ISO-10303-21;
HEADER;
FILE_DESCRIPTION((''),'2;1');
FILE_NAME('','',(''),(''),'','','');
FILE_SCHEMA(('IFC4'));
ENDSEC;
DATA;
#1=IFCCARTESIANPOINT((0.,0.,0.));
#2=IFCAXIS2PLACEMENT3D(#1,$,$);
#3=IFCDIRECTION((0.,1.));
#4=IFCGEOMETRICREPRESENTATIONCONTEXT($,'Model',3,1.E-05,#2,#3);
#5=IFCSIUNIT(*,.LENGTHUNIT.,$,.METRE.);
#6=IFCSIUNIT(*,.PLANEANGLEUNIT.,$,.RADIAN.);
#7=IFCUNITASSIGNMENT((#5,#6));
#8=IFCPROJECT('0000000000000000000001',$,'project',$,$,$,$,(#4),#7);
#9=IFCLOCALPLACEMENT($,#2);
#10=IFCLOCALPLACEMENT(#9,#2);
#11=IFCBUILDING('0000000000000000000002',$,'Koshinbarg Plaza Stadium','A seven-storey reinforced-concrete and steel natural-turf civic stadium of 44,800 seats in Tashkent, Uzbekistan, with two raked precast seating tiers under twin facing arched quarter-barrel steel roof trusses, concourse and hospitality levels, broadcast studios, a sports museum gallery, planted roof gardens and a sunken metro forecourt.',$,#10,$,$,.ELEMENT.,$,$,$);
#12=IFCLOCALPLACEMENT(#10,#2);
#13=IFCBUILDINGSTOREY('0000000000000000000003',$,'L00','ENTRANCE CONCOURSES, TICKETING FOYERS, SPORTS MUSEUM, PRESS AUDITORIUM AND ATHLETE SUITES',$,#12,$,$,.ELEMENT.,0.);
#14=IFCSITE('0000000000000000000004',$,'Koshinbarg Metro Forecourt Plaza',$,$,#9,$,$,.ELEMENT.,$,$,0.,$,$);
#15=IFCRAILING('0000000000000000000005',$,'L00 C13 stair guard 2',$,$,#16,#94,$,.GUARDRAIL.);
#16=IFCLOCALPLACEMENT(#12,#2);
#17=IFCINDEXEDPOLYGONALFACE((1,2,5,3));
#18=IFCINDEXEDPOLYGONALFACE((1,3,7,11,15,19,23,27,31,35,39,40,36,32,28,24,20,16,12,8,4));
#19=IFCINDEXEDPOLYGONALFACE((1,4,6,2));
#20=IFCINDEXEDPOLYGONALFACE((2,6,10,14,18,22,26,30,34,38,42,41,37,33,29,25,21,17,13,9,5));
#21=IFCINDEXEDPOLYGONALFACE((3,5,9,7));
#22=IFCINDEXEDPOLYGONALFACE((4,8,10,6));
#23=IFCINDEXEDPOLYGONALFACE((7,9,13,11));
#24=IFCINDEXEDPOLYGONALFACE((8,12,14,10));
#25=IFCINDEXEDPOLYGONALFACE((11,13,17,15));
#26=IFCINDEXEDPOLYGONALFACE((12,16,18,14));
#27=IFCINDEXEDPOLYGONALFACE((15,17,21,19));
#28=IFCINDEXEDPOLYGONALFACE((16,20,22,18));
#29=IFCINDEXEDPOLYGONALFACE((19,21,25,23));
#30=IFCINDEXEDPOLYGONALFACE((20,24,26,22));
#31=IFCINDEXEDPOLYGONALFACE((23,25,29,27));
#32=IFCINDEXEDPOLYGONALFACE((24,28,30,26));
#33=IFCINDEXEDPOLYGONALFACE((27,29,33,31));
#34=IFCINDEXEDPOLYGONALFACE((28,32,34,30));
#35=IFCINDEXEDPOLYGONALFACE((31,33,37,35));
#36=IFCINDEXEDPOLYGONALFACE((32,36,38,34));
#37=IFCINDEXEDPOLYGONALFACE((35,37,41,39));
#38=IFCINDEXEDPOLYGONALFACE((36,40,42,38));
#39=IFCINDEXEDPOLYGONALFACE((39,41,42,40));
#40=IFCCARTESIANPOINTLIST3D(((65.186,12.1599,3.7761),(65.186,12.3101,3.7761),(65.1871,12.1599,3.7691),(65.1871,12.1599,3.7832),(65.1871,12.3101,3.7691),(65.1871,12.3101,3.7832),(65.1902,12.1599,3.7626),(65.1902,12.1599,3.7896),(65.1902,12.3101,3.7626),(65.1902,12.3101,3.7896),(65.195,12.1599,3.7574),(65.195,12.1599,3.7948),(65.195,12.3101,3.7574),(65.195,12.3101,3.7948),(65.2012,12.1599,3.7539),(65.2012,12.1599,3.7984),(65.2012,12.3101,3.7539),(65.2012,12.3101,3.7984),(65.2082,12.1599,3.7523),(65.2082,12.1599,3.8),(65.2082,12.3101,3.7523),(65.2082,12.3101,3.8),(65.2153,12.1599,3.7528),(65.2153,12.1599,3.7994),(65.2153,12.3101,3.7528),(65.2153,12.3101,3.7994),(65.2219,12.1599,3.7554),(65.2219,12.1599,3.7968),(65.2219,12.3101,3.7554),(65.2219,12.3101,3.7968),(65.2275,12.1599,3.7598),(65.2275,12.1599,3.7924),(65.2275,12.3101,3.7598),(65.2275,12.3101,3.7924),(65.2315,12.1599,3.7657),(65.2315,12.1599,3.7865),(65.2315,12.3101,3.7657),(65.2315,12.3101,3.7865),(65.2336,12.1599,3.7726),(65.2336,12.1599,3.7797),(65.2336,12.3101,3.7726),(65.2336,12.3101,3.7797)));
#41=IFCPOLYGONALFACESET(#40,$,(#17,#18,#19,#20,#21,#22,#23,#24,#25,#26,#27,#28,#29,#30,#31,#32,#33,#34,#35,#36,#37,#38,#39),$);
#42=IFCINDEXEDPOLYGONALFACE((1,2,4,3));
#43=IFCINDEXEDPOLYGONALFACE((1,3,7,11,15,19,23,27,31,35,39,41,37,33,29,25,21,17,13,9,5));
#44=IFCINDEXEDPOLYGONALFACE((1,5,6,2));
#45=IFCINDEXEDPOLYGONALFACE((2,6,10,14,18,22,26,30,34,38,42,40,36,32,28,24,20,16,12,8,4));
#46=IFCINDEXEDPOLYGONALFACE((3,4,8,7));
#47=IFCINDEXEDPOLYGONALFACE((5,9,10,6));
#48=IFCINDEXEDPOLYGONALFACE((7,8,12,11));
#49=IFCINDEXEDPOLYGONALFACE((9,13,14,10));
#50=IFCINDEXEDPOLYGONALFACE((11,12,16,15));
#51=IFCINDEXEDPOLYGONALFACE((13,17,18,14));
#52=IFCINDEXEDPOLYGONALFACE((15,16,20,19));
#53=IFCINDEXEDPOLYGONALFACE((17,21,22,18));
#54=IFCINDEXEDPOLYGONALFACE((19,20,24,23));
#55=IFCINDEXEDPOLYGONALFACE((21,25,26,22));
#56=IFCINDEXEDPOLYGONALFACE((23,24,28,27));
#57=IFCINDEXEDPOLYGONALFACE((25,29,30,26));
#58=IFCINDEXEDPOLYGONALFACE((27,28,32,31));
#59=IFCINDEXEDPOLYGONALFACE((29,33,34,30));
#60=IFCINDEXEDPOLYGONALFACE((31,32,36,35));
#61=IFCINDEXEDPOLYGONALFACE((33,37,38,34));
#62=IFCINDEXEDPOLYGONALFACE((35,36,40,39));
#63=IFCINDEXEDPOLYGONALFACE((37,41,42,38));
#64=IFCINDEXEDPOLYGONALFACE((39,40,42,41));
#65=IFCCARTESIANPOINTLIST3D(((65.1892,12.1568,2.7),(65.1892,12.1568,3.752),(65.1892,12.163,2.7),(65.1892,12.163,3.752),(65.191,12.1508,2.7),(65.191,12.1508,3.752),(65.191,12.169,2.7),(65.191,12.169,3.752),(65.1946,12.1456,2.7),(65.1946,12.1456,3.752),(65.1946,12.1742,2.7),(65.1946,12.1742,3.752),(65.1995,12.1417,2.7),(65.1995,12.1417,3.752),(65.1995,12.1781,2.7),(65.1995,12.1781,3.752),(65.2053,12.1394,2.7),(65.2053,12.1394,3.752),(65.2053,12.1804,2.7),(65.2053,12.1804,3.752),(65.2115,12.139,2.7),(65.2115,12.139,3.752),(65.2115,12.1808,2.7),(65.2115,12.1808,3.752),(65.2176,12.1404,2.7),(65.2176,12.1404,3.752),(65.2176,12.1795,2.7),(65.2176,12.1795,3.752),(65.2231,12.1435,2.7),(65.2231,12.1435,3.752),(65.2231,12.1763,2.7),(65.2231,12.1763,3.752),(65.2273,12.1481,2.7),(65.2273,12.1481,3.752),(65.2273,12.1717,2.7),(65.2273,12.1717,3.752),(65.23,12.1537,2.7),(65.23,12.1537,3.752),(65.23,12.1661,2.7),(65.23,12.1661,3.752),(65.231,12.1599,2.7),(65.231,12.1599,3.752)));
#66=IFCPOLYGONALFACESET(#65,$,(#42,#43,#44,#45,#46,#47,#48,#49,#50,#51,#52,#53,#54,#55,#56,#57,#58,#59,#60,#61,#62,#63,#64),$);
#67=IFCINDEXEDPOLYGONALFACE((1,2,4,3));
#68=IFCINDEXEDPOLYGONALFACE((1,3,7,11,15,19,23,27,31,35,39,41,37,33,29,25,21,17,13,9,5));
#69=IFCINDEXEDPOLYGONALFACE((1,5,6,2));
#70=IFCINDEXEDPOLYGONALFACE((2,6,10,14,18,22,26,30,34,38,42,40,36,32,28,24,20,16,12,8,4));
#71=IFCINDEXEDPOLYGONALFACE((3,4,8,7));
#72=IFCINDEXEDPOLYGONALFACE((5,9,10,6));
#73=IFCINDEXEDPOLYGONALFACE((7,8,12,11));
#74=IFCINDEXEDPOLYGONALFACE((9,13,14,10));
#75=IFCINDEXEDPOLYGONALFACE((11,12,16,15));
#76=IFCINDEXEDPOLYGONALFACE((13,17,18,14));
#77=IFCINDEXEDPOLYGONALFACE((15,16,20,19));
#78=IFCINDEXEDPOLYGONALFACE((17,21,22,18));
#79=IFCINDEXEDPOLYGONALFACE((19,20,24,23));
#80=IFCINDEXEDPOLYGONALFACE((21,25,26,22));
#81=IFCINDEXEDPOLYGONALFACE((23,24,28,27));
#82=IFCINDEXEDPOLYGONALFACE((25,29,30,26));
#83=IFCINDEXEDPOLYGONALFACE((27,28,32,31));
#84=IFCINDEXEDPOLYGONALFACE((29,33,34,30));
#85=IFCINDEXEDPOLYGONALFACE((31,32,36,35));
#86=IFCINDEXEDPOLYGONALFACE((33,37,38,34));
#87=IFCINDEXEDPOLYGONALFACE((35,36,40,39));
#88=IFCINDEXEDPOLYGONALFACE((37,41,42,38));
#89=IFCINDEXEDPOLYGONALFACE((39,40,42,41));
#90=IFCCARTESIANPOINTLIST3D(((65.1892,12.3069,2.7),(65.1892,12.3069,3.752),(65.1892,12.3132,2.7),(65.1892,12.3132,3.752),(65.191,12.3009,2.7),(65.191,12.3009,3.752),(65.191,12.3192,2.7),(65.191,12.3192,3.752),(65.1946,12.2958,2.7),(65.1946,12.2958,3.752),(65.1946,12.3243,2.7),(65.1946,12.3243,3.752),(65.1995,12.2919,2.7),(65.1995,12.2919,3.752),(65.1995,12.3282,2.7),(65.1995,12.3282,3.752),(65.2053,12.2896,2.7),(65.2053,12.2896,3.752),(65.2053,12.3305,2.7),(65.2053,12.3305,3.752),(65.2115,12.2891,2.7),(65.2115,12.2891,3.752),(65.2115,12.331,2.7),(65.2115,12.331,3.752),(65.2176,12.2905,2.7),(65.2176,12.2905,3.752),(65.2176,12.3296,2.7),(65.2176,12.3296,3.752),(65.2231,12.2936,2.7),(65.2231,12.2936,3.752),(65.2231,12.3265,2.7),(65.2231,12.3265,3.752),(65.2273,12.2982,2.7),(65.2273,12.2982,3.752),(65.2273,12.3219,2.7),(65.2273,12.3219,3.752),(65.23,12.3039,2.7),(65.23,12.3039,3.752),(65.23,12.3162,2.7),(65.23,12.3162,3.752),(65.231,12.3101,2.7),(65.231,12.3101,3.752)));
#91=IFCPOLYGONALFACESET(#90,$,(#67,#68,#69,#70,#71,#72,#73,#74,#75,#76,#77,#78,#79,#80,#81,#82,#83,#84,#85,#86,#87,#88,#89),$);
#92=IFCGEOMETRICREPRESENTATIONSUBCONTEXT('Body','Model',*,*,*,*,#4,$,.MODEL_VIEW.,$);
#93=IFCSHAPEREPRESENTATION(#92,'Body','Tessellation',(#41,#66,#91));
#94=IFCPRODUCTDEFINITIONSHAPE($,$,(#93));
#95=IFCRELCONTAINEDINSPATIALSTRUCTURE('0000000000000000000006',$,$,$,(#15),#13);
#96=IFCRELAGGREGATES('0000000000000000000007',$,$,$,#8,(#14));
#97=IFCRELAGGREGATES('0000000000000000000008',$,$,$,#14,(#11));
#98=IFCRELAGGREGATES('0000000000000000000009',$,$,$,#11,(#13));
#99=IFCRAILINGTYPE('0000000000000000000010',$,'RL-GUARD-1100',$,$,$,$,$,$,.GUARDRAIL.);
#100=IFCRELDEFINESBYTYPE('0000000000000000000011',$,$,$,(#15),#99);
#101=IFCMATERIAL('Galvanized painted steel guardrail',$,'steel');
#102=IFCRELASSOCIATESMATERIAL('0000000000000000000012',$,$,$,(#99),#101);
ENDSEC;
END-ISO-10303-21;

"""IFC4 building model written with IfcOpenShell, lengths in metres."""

from ifc_helpers import new_model, si_unit, direction, frame, origin, origin_2d, place, context, subcontext, project, spatial, circle, extrude, material, type_object, element, save


model = new_model("IFC4")

# Units and contexts
model_context = context("Model", 3, precision=1e-05, world=origin(), true_north=direction((0.0, 1.0)))
body_context = subcontext(model_context, "Body", "Model", "MODEL_VIEW")
ifc_project = project(units=[si_unit("LENGTHUNIT", "METRE"), si_unit("PLANEANGLEUNIT", "RADIAN")], contexts=[model_context])

# Site, building, storey
site_placement = place(None, origin())
site = spatial("IfcSite", under=ifc_project, at=site_placement, Name="Koshinbarg Metro Forecourt Plaza", CompositionType="ELEMENT", RefElevation=0.0)
building_placement = place(site_placement, origin())
building = spatial("IfcBuilding", under=site, at=building_placement, Name="Koshinbarg Plaza Stadium", Description="A seven-storey reinforced-concrete and steel natural-turf civic stadium of 44,800 seats in Tashkent, Uzbekistan, with two raked precast seating tiers under twin facing arched quarter-barrel steel roof trusses, concourse and hospitality levels, broadcast studios, a sports museum gallery, planted roof gardens and a sunken metro forecourt.", CompositionType="ELEMENT")
storey_placement = place(building_placement, origin())
storey = spatial("IfcBuildingStorey", under=building, at=storey_placement, Name="L00", Description="ENTRANCE CONCOURSES, TICKETING FOYERS, SPORTS MUSEUM, PRESS AUDITORIUM AND ATHLETE SUITES", CompositionType="ELEMENT", Elevation=0.0)

# Railing
ifc_material_1 = material(Name="Galvanized painted steel guardrail", Category="steel")
railing_type_1 = type_object("IfcRailingType", Name="RL-GUARD-1100", PredefinedType="GUARDRAIL", material=ifc_material_1)
railing_1_placement = place(storey_placement, frame((65.21, 12.1599, 2.7)))
element("IfcRailing", 1, at=railing_1_placement, inside=storey, type_object=railing_type_1, Name="L00 C13 stair guard 2", PredefinedType="GUARDRAIL", context=body_context, shape_type="SweptSolid", body=[
    extrude(circle(Radius=0.0239, at=origin_2d()), frame((0.0, 0.0, 1.0762), z_axis=(0.0, 1.0, 0.0), x_axis=(-1.0, 0.0, 0.0)), (0.0, 0.0, 1.0), 0.1501),
    extrude(circle(Radius=0.021, at=origin_2d()), origin(), (0.0, 0.0, 1.0), 1.052),
    extrude(circle(Radius=0.021, at=origin_2d()), frame((0.0, 0.1501, 0.0)), (0.0, 0.0, 1.0), 1.052),
])

save(model, "model.ifc")
